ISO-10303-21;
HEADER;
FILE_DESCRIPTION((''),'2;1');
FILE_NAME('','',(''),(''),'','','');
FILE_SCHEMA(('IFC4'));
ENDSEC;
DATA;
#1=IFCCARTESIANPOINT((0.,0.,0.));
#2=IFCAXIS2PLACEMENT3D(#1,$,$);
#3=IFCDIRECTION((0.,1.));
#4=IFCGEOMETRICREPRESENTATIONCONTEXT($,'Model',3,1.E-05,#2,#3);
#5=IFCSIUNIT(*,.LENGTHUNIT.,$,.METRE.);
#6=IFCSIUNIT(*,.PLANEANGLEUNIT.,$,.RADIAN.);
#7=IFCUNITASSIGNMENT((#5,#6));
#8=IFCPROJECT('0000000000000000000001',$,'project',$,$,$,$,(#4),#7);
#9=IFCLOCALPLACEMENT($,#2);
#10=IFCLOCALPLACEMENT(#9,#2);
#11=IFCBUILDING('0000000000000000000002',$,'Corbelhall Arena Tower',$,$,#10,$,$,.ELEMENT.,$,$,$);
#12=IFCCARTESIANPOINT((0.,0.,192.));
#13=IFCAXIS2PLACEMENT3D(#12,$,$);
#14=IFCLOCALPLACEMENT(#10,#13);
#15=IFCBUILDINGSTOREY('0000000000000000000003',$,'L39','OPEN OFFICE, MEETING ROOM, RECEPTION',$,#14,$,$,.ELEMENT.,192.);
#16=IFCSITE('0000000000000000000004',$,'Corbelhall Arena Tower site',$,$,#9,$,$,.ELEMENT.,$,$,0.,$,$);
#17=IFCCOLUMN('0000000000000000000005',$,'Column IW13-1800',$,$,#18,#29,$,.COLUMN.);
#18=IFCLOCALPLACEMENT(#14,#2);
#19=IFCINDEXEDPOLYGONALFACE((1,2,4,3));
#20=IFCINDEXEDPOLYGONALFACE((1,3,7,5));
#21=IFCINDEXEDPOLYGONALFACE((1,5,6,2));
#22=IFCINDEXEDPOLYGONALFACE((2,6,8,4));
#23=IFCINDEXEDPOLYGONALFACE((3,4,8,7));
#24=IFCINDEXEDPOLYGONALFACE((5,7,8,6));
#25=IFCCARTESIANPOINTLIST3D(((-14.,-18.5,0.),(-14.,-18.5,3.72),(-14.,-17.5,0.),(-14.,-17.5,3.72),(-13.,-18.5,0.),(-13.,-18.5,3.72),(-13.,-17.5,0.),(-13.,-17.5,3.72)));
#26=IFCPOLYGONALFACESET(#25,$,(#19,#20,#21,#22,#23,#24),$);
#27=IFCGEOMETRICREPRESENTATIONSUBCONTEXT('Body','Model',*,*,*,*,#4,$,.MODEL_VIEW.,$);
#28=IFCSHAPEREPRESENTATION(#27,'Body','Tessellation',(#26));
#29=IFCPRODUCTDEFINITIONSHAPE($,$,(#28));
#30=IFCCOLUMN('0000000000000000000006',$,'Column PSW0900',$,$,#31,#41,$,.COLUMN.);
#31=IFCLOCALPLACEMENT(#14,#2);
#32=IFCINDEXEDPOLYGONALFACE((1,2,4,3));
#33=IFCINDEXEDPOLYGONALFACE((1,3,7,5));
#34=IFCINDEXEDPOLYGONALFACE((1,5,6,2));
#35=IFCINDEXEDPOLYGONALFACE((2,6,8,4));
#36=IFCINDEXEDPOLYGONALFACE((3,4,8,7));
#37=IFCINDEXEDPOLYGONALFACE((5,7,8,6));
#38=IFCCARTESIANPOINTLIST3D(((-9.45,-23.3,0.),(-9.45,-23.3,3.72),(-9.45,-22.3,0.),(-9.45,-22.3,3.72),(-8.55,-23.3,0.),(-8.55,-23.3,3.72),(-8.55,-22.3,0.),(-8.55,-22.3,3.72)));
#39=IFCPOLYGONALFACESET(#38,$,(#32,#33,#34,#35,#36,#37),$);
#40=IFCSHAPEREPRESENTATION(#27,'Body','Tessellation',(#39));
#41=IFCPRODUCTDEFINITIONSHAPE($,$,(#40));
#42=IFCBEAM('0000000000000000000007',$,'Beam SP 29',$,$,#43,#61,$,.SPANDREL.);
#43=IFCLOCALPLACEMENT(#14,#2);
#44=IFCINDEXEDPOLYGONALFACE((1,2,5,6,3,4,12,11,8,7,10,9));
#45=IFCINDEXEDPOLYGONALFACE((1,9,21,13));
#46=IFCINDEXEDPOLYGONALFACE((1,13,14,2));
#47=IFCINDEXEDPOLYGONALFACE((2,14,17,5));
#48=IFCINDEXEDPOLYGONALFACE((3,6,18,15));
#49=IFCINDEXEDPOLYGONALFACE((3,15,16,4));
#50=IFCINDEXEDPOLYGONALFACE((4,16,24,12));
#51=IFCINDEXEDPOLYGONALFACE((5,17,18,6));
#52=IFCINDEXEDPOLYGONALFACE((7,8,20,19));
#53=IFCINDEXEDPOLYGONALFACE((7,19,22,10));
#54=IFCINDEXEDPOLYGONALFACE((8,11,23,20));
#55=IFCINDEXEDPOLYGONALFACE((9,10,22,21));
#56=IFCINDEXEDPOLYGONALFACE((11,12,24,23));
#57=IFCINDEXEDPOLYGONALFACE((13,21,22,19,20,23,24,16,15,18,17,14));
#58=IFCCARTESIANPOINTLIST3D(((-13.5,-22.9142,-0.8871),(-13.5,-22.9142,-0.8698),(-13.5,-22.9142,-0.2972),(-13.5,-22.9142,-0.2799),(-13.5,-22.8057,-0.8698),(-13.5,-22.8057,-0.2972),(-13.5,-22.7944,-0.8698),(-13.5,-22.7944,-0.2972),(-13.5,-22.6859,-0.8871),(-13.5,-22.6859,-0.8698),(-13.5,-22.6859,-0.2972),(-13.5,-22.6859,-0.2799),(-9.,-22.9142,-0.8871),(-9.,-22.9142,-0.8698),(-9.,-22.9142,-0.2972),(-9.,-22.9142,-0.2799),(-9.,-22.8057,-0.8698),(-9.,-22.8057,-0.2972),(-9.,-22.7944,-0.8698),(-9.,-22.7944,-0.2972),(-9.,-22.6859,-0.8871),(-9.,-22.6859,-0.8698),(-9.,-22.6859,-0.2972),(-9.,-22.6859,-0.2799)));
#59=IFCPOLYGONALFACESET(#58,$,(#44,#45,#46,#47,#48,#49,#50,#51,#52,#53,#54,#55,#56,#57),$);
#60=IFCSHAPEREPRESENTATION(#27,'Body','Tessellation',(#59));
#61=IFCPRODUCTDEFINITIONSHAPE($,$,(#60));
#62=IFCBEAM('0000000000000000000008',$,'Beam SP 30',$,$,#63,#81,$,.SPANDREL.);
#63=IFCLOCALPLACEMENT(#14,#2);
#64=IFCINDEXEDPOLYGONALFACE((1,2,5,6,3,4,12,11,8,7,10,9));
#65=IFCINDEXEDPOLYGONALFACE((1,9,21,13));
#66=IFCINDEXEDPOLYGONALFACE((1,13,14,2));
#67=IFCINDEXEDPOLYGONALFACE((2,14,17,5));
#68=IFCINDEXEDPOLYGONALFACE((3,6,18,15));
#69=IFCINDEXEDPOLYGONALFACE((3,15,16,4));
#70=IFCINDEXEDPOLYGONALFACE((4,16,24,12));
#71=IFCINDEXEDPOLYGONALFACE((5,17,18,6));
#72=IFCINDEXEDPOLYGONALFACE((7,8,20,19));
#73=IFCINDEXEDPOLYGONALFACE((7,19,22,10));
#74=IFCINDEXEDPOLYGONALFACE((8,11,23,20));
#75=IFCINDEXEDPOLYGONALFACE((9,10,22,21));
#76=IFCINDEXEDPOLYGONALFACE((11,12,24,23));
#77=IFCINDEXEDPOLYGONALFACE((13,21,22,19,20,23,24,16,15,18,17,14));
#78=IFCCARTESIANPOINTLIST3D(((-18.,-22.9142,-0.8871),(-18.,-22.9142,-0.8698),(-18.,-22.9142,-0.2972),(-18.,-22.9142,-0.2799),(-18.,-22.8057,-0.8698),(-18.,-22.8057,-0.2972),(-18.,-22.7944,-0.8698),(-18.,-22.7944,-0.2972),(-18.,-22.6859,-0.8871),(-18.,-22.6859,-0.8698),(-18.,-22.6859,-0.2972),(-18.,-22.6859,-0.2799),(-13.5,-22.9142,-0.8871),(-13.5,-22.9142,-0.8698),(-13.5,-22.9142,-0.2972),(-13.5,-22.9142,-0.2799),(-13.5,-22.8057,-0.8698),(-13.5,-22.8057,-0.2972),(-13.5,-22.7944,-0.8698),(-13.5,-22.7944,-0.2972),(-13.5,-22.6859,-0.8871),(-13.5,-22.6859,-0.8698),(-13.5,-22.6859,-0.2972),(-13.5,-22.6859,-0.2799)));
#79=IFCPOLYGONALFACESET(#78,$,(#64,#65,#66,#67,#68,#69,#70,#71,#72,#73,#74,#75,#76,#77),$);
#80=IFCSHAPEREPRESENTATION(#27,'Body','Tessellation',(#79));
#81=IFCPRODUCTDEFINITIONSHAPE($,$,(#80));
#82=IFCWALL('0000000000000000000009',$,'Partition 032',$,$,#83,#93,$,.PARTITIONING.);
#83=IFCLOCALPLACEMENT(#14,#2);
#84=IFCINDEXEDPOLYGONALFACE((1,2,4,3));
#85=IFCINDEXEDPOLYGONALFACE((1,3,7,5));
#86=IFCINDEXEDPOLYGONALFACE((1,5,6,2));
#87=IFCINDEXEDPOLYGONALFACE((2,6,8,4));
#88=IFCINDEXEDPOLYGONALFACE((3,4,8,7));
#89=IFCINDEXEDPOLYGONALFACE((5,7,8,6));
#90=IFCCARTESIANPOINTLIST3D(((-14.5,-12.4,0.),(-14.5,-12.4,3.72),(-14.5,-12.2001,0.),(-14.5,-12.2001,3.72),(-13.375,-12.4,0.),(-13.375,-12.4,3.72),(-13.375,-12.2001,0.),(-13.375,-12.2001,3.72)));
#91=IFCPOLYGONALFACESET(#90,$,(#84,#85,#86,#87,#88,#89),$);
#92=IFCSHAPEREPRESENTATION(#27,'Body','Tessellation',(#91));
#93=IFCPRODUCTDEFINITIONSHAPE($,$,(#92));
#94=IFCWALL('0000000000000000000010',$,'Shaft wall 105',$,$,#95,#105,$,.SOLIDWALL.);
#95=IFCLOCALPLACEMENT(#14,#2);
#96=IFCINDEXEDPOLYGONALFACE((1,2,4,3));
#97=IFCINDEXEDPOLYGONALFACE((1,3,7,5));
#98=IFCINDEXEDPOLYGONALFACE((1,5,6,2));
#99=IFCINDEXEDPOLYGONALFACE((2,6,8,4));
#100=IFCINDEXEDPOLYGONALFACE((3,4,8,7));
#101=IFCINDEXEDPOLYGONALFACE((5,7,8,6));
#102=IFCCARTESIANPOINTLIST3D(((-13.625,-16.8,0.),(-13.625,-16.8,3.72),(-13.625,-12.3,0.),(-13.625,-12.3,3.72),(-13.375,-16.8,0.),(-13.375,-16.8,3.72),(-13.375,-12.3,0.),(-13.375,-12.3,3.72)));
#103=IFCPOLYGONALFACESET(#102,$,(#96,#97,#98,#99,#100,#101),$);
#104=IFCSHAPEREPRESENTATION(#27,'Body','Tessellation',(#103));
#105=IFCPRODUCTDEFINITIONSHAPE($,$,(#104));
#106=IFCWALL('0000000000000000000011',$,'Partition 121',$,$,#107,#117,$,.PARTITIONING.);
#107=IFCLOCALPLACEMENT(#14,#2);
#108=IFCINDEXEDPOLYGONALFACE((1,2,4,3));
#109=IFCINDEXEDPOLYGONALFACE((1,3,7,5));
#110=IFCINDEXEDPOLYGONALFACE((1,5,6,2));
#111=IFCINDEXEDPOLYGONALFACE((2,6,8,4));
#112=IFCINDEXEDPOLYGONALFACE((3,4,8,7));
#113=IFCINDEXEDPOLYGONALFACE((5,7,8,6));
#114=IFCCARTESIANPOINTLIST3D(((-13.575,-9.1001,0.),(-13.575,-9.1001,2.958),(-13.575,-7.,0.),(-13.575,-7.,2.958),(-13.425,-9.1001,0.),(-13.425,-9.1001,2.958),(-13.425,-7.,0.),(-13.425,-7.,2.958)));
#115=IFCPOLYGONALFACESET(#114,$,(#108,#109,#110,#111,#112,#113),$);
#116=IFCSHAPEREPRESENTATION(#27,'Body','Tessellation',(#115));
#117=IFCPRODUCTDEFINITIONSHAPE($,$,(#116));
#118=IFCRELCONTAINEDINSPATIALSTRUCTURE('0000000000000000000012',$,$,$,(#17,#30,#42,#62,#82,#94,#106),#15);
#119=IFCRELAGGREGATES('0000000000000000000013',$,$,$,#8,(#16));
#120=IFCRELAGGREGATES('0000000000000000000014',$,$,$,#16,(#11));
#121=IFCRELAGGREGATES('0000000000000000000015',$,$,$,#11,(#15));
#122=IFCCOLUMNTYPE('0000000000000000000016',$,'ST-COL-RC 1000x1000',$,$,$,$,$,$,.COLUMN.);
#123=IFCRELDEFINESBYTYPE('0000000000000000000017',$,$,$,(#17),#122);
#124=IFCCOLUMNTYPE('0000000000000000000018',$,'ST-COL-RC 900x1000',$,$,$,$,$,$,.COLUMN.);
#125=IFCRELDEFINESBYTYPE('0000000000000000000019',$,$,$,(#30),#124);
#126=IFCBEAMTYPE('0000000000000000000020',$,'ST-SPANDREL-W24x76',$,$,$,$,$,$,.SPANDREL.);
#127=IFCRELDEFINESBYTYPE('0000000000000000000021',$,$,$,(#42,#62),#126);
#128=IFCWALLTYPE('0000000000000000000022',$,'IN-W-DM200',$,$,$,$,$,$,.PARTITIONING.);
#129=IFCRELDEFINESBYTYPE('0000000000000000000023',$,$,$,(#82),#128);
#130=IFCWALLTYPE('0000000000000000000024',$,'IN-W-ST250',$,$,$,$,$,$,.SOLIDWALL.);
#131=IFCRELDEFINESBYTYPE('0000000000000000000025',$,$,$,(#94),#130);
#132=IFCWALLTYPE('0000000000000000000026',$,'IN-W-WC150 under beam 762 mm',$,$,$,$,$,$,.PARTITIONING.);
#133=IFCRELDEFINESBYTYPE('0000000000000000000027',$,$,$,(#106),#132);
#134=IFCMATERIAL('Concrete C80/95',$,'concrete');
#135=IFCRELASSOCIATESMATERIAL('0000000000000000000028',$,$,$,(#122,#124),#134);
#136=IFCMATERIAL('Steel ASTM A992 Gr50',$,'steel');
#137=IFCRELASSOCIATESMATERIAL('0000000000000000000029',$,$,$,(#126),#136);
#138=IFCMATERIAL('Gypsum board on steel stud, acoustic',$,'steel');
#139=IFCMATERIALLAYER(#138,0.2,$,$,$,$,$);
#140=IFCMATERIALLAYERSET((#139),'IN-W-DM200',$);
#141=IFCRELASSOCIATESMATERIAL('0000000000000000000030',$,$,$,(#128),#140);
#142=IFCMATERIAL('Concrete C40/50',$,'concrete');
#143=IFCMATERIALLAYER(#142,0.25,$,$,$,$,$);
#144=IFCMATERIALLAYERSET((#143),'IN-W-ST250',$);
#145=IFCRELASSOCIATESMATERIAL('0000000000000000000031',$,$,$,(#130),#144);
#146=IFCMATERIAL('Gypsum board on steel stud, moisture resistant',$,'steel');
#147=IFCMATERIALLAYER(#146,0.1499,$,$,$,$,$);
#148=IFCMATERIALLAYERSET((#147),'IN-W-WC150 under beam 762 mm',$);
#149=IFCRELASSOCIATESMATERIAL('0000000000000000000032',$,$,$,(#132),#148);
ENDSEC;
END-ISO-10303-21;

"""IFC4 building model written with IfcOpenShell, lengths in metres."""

from ifc_helpers import new_model, si_unit, direction, frame, frame_2d, origin, origin_2d, place, context, subcontext, project, spatial, rectangle, i_section, extrude, material, layer, layer_set, material_profile, profile_set, type_object, element, save


model = new_model("IFC4")

# Units and contexts
model_context = context("Model", 3, precision=1e-05, world=origin(), true_north=direction((0.0, 1.0)))
body_context = subcontext(model_context, "Body", "Model", "MODEL_VIEW")
ifc_project = project(units=[si_unit("LENGTHUNIT", "METRE"), si_unit("PLANEANGLEUNIT", "RADIAN")], contexts=[model_context])

# Site, building, storey
site_placement = place(None, origin())
site = spatial("IfcSite", under=ifc_project, at=site_placement, Name="Corbelhall Arena Tower site", CompositionType="ELEMENT", RefElevation=0.0)
building_placement = place(site_placement, origin())
building = spatial("IfcBuilding", under=site, at=building_placement, Name="Corbelhall Arena Tower", CompositionType="ELEMENT")
storey_placement = place(building_placement, frame((0.0, 0.0, 192.0)))
storey = spatial("IfcBuildingStorey", under=building, at=storey_placement, Name="L39", Description="OPEN OFFICE, MEETING ROOM, RECEPTION", CompositionType="ELEMENT", Elevation=192.0)

# Columns
ifc_material_1 = material(Name="Concrete C80/95", Category="concrete")
ifc_material_profile_1 = material_profile(ifc_material_1, rectangle(XDim=1.0, YDim=1.0, at=origin_2d()))
ifc_profile_set_1 = profile_set([ifc_material_profile_1], Name="Concrete C80/95")
column_type_1 = type_object("IfcColumnType", Name="ST-COL-RC 1000x1000", PredefinedType="COLUMN", material=ifc_profile_set_1)
column_1_placement = place(storey_placement, frame((-13.5, -18.0, 0.0), z_axis=(0.0, 0.0, 1.0), x_axis=(1.0, 0.0, 0.0)))
element("IfcColumn", 1, at=column_1_placement, inside=storey, type_object=column_type_1, Name="Column IW13-1800", PredefinedType="COLUMN", context=body_context, shape_type="SweptSolid", body=[
    extrude(rectangle(XDim=1.0, YDim=1.0, at=origin_2d()), origin(), (0.0, 0.0, 1.0), 3.72),
])
ifc_material_profile_2 = material_profile(ifc_material_1, rectangle(XDim=0.8999, YDim=1.0, at=origin_2d()))
ifc_profile_set_2 = profile_set([ifc_material_profile_2], Name="Concrete C80/95")
column_type_2 = type_object("IfcColumnType", Name="ST-COL-RC 900x1000", PredefinedType="COLUMN", material=ifc_profile_set_2)
column_2_placement = place(storey_placement, frame((-9.0, -22.8, 0.0), z_axis=(0.0, 0.0, 1.0), x_axis=(1.0, 0.0, 0.0)))
element("IfcColumn", 2, at=column_2_placement, inside=storey, type_object=column_type_2, Name="Column PSW0900", PredefinedType="COLUMN", context=body_context, shape_type="SweptSolid", body=[
    extrude(rectangle(XDim=0.8999, YDim=1.0, at=origin_2d()), origin(), (0.0, 0.0, 1.0), 3.72),
])

# Beams
ifc_material_2 = material(Name="Steel ASTM A992 Gr50", Category="steel")
ifc_material_profile_3 = material_profile(ifc_material_2, i_section(OverallWidth=0.2283, OverallDepth=0.6072, WebThickness=0.0112, FlangeThickness=0.0173, at=origin_2d()))
ifc_profile_set_3 = profile_set([ifc_material_profile_3], Name="Steel ASTM A992 Gr50")
beam_type = type_object("IfcBeamType", Name="ST-SPANDREL-W24x76", PredefinedType="SPANDREL", material=ifc_profile_set_3)
for number, where, z_axis, x_axis, name in (
    (3, (-9.0, -22.8, -0.5835), (-1.0, 0.0, 0.0), (0.0, -1.0, 0.0), "Beam SP 29"),
    (4, (-13.5, -22.8, -0.5835), (-1.0, 0.0, 0.0), (0.0, -1.0, 0.0), "Beam SP 30"),
):
    element("IfcBeam", number, at=place(storey_placement, frame(where, z_axis=z_axis, x_axis=x_axis)), inside=storey, type_object=beam_type, Name=name, PredefinedType="SPANDREL", context=body_context, shape_type="SweptSolid", body=[
        extrude(i_section(OverallWidth=0.2283, OverallDepth=0.6072, WebThickness=0.0112, FlangeThickness=0.0173, at=origin_2d()), origin(), (0.0, 0.0, 1.0), 4.5),
    ])

# Walls
ifc_material_3 = material(Name="Gypsum board on steel stud, acoustic", Category="steel")
ifc_layer_1 = layer(ifc_material_3, 0.2)
ifc_layer_set_1 = layer_set([ifc_layer_1], Name="IN-W-DM200")
wall_type_1 = type_object("IfcWallType", Name="IN-W-DM200", PredefinedType="PARTITIONING", material=ifc_layer_set_1)
wall_1_placement = place(storey_placement, frame((-13.375, -12.3, 0.0), z_axis=(0.0, 0.0, 1.0), x_axis=(-1.0, 0.0, 0.0)))
element("IfcWall", 5, at=wall_1_placement, inside=storey, type_object=wall_type_1, Name="Partition 032", PredefinedType="PARTITIONING", context=body_context, shape_type="SweptSolid", body=[
    extrude(rectangle(XDim=1.125, YDim=0.2, at=frame_2d((0.5625, 0.0))), origin(), (0.0, 0.0, 1.0), 3.72),
])
ifc_material_4 = material(Name="Concrete C40/50", Category="concrete")
ifc_layer_2 = layer(ifc_material_4, 0.25)
ifc_layer_set_2 = layer_set([ifc_layer_2], Name="IN-W-ST250")
wall_type_2 = type_object("IfcWallType", Name="IN-W-ST250", PredefinedType="SOLIDWALL", material=ifc_layer_set_2)
wall_2_placement = place(storey_placement, frame((-13.5, -16.8, 0.0), z_axis=(0.0, 0.0, 1.0), x_axis=(0.0, 1.0, 0.0)))
element("IfcWall", 6, at=wall_2_placement, inside=storey, type_object=wall_type_2, Name="Shaft wall 105", PredefinedType="SOLIDWALL", context=body_context, shape_type="SweptSolid", body=[
    extrude(rectangle(XDim=4.5, YDim=0.25, at=frame_2d((2.25, 0.0))), origin(), (0.0, 0.0, 1.0), 3.72),
])
ifc_material_5 = material(Name="Gypsum board on steel stud, moisture resistant", Category="steel")
ifc_layer_3 = layer(ifc_material_5, 0.1499)
ifc_layer_set_3 = layer_set([ifc_layer_3], Name="IN-W-WC150 under beam 762 mm")
wall_type_3 = type_object("IfcWallType", Name="IN-W-WC150 under beam 762 mm", PredefinedType="PARTITIONING", material=ifc_layer_set_3)
wall_3_placement = place(storey_placement, frame((-13.5, -9.1001, 0.0), z_axis=(0.0, 0.0, 1.0), x_axis=(0.0, 1.0, 0.0)))
element("IfcWall", 7, at=wall_3_placement, inside=storey, type_object=wall_type_3, Name="Partition 121", PredefinedType="PARTITIONING", context=body_context, shape_type="SweptSolid", body=[
    extrude(rectangle(XDim=2.1001, YDim=0.1499, at=frame_2d((1.05, 0.0))), origin(), (0.0, 0.0, 1.0), 2.958),
])

save(model, "model.ifc")
